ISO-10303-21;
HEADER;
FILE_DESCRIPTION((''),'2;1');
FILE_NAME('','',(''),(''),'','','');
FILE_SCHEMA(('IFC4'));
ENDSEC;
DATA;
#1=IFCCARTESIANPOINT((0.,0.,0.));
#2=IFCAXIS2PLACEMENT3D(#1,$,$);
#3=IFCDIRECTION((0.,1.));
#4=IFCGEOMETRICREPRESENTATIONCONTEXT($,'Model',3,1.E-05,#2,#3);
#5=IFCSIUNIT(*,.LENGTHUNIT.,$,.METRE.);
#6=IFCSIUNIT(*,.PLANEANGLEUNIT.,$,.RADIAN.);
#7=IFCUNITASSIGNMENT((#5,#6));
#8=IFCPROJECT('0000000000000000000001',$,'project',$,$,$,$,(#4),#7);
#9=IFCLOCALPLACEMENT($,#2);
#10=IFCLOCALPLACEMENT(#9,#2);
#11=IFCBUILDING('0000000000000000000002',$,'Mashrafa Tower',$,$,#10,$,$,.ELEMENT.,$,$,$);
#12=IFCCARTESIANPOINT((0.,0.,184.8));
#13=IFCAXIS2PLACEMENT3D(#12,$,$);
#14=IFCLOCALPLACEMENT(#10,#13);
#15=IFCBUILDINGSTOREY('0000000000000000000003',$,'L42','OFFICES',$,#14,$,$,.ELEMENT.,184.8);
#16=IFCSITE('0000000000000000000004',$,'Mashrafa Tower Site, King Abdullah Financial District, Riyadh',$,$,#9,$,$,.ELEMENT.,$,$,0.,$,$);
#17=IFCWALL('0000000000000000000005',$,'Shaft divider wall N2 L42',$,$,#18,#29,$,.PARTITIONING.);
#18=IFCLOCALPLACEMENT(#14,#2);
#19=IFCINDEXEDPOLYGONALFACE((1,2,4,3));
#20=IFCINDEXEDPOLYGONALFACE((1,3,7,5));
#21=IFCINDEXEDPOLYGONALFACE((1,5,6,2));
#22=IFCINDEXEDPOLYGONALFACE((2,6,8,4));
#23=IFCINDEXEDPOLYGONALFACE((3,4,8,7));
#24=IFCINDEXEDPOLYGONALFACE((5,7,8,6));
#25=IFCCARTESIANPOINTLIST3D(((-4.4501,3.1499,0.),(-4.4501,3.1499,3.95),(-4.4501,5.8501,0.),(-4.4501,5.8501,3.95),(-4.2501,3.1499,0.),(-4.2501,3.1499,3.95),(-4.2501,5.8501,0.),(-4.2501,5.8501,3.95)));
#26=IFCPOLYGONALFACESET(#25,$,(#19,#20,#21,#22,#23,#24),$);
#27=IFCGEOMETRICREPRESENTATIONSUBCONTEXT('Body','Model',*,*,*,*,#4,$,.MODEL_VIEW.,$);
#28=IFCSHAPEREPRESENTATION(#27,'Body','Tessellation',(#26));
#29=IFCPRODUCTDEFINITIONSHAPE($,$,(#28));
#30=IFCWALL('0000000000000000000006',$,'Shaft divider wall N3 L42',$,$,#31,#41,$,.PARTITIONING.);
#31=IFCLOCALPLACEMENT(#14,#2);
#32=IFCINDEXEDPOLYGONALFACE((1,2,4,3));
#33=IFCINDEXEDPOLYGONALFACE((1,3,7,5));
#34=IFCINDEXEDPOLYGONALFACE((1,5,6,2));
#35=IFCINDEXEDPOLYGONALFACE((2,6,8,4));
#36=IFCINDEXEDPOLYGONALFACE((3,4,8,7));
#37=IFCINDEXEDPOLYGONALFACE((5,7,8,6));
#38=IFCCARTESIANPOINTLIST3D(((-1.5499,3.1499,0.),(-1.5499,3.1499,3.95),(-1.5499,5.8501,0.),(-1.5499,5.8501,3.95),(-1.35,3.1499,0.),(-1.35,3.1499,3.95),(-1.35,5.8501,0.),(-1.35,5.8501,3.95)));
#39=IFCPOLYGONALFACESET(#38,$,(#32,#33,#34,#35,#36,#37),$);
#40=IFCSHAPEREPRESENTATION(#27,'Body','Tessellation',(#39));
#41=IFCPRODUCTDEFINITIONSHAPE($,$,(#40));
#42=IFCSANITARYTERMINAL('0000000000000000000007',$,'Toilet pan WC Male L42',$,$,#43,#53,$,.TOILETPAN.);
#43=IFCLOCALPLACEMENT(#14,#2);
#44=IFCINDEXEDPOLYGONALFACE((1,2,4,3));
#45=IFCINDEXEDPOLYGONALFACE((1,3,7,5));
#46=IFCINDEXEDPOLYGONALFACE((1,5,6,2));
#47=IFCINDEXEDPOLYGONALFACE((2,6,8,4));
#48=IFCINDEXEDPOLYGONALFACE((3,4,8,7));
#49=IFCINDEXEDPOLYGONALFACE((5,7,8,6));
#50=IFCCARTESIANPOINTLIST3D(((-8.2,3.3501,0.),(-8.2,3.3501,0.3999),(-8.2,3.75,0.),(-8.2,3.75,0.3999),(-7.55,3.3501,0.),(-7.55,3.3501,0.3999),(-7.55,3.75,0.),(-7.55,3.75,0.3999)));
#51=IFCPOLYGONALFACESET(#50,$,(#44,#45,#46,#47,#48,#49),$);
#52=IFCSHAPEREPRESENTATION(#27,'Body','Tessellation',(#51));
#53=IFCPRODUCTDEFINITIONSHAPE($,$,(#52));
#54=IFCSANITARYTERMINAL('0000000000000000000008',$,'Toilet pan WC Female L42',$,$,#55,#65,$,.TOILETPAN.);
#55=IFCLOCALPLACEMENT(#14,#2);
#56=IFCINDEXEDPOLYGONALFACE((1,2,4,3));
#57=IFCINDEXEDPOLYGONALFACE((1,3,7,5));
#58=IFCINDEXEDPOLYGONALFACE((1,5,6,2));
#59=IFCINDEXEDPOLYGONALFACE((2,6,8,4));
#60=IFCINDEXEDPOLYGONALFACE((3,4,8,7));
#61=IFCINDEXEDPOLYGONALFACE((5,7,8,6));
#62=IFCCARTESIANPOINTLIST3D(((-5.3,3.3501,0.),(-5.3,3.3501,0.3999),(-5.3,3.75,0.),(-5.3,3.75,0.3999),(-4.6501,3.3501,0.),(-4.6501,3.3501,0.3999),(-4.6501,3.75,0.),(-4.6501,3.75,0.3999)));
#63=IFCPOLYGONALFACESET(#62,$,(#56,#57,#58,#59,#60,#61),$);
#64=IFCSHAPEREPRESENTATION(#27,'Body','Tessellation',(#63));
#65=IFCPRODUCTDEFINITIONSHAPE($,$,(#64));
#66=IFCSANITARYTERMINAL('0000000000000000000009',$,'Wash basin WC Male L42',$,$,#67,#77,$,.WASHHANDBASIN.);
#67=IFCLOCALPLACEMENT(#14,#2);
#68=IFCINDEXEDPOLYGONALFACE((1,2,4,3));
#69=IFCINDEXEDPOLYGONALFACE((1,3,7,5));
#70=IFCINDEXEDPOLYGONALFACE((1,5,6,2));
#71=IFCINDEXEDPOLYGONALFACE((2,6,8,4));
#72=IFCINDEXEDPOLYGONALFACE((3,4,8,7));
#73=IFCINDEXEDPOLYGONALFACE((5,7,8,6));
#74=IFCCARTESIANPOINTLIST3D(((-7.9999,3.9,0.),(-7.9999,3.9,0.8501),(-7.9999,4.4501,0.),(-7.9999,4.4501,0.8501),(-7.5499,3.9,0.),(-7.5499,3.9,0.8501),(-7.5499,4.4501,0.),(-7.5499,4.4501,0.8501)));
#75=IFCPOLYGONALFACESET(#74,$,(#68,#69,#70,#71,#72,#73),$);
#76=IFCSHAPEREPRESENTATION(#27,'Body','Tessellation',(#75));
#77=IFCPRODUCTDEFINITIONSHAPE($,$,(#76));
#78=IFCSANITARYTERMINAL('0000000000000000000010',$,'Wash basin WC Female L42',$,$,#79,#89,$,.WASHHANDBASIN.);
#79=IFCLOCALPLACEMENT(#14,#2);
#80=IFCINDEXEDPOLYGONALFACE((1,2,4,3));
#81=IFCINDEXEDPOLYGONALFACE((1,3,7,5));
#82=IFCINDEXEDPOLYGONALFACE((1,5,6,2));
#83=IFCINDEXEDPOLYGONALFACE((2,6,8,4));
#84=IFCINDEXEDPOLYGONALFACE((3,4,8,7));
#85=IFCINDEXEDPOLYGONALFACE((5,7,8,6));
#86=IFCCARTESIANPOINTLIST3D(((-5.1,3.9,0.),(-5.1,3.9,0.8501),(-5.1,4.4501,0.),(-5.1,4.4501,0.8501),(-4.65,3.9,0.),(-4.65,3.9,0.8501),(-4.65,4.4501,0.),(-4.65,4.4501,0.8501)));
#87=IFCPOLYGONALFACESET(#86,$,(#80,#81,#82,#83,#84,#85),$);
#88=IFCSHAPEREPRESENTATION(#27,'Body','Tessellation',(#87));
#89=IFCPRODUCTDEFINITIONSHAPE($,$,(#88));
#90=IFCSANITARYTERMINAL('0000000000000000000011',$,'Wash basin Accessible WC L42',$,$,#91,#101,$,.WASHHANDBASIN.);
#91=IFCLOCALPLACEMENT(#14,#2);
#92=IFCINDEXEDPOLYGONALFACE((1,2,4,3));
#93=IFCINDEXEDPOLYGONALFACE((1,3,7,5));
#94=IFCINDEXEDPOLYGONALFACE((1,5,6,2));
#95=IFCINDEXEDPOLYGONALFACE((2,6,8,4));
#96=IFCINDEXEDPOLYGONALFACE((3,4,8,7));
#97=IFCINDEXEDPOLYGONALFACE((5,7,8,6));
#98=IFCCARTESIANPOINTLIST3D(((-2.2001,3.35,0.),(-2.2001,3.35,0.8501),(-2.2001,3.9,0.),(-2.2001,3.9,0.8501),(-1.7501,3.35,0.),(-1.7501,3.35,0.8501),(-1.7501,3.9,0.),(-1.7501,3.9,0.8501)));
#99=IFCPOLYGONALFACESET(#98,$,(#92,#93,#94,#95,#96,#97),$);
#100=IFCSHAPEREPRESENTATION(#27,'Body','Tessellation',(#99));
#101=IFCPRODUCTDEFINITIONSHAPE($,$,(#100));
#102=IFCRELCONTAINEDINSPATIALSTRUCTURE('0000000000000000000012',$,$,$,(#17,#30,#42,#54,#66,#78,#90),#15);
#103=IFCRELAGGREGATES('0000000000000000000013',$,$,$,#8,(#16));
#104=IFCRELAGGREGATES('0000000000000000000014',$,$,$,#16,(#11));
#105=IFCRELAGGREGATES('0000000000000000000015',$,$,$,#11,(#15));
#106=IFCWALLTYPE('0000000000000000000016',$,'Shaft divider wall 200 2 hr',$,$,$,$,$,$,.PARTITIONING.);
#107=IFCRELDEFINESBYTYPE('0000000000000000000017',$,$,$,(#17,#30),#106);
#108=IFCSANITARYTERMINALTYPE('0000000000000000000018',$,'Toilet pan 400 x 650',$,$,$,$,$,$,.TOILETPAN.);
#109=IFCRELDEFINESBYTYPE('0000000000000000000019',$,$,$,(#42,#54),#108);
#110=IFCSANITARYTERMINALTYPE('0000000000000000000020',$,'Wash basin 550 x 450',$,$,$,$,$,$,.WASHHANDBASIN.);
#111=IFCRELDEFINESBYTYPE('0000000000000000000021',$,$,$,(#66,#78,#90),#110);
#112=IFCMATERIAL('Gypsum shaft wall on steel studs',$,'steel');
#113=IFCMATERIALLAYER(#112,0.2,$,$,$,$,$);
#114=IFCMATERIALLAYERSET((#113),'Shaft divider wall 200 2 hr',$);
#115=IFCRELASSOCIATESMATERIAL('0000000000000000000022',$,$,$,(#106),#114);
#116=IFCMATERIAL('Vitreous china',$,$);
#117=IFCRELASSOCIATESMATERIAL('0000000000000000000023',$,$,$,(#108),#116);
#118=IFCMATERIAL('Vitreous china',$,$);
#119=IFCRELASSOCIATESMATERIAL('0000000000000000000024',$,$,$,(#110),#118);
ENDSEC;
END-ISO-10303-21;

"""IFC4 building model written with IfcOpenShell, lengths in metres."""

from ifc_helpers import new_model, si_unit, direction, frame, frame_2d, origin, origin_2d, place, context, subcontext, project, spatial, rectangle, extrude, material, layer, layer_set, type_object, element, save


model = new_model("IFC4")

# Units and contexts
model_context = context("Model", 3, precision=1e-05, world=origin(), true_north=direction((0.0, 1.0)))
body_context = subcontext(model_context, "Body", "Model", "MODEL_VIEW")
ifc_project = project(units=[si_unit("LENGTHUNIT", "METRE"), si_unit("PLANEANGLEUNIT", "RADIAN")], contexts=[model_context])

# Site, building, storey
site_placement = place(None, origin())
site = spatial("IfcSite", under=ifc_project, at=site_placement, Name="Mashrafa Tower Site, King Abdullah Financial District, Riyadh", CompositionType="ELEMENT", RefElevation=0.0)
building_placement = place(site_placement, origin())
building = spatial("IfcBuilding", under=site, at=building_placement, Name="Mashrafa Tower", CompositionType="ELEMENT")
storey_placement = place(building_placement, frame((0.0, 0.0, 184.8)))
storey = spatial("IfcBuildingStorey", under=building, at=storey_placement, Name="L42", Description="OFFICES", CompositionType="ELEMENT", Elevation=184.8)

# Walls
ifc_material_1 = material(Name="Gypsum shaft wall on steel studs", Category="steel")
ifc_layer_1 = layer(ifc_material_1, 0.2)
ifc_layer_set_1 = layer_set([ifc_layer_1], Name="Shaft divider wall 200 2 hr")
wall_type_1 = type_object("IfcWallType", Name="Shaft divider wall 200 2 hr", PredefinedType="PARTITIONING", material=ifc_layer_set_1)
for number, where, z_axis, x_axis, name in (
    (1, (-4.3501, 3.1499, 0.0), (0.0, 0.0, 1.0), (0.0, 1.0, 0.0), "Shaft divider wall N2 L42"),
    (2, (-1.45, 3.1499, 0.0), (0.0, 0.0, 1.0), (0.0, 1.0, 0.0), "Shaft divider wall N3 L42"),
):
    element("IfcWall", number, at=place(storey_placement, frame(where, z_axis=z_axis, x_axis=x_axis)), inside=storey, type_object=wall_type_1, Name=name, PredefinedType="PARTITIONING", context=body_context, shape_type="SweptSolid", body=[
        extrude(rectangle(XDim=2.7002, YDim=0.2, at=frame_2d((1.3501, 0.0))), origin(), (0.0, 0.0, 1.0), 3.95),
    ])

# Sanitary terminals
ifc_material_2 = material(Name="Vitreous china")
sanitary_terminal_type_1 = type_object("IfcSanitaryTerminalType", Name="Toilet pan 400 x 650", PredefinedType="TOILETPAN", material=ifc_material_2)
for number, where, z_axis, x_axis, name in (
    (3, (-7.875, 3.55, 0.0), (0.0, 0.0, 1.0), (0.0, 1.0, 0.0), "Toilet pan WC Male L42"),
    (4, (-4.9751, 3.55, 0.0), (0.0, 0.0, 1.0), (0.0, 1.0, 0.0), "Toilet pan WC Female L42"),
):
    element("IfcSanitaryTerminal", number, at=place(storey_placement, frame(where, z_axis=z_axis, x_axis=x_axis)), inside=storey, type_object=sanitary_terminal_type_1, Name=name, PredefinedType="TOILETPAN", context=body_context, shape_type="SweptSolid", body=[
        extrude(rectangle(XDim=0.3999, YDim=0.6499, at=origin_2d()), origin(), (0.0, 0.0, 1.0), 0.3999),
    ])
ifc_material_3 = material(Name="Vitreous china")
sanitary_terminal_type_2 = type_object("IfcSanitaryTerminalType", Name="Wash basin 550 x 450", PredefinedType="WASHHANDBASIN", material=ifc_material_3)
for number, where, z_axis, x_axis, name in (
    (5, (-7.7749, 4.175, 0.0), (0.0, 0.0, 1.0), (0.0, 1.0, 0.0), "Wash basin WC Male L42"),
    (6, (-4.875, 4.175, 0.0), (0.0, 0.0, 1.0), (0.0, 1.0, 0.0), "Wash basin WC Female L42"),
    (7, (-1.9751, 3.625, 0.0), (0.0, 0.0, 1.0), (0.0, 1.0, 0.0), "Wash basin Accessible WC L42"),
):
    element("IfcSanitaryTerminal", number, at=place(storey_placement, frame(where, z_axis=z_axis, x_axis=x_axis)), inside=storey, type_object=sanitary_terminal_type_2, Name=name, PredefinedType="WASHHANDBASIN", context=body_context, shape_type="SweptSolid", body=[
        extrude(rectangle(XDim=0.55, YDim=0.45, at=origin_2d()), origin(), (0.0, 0.0, 1.0), 0.8501),
    ])

save(model, "model.ifc")
